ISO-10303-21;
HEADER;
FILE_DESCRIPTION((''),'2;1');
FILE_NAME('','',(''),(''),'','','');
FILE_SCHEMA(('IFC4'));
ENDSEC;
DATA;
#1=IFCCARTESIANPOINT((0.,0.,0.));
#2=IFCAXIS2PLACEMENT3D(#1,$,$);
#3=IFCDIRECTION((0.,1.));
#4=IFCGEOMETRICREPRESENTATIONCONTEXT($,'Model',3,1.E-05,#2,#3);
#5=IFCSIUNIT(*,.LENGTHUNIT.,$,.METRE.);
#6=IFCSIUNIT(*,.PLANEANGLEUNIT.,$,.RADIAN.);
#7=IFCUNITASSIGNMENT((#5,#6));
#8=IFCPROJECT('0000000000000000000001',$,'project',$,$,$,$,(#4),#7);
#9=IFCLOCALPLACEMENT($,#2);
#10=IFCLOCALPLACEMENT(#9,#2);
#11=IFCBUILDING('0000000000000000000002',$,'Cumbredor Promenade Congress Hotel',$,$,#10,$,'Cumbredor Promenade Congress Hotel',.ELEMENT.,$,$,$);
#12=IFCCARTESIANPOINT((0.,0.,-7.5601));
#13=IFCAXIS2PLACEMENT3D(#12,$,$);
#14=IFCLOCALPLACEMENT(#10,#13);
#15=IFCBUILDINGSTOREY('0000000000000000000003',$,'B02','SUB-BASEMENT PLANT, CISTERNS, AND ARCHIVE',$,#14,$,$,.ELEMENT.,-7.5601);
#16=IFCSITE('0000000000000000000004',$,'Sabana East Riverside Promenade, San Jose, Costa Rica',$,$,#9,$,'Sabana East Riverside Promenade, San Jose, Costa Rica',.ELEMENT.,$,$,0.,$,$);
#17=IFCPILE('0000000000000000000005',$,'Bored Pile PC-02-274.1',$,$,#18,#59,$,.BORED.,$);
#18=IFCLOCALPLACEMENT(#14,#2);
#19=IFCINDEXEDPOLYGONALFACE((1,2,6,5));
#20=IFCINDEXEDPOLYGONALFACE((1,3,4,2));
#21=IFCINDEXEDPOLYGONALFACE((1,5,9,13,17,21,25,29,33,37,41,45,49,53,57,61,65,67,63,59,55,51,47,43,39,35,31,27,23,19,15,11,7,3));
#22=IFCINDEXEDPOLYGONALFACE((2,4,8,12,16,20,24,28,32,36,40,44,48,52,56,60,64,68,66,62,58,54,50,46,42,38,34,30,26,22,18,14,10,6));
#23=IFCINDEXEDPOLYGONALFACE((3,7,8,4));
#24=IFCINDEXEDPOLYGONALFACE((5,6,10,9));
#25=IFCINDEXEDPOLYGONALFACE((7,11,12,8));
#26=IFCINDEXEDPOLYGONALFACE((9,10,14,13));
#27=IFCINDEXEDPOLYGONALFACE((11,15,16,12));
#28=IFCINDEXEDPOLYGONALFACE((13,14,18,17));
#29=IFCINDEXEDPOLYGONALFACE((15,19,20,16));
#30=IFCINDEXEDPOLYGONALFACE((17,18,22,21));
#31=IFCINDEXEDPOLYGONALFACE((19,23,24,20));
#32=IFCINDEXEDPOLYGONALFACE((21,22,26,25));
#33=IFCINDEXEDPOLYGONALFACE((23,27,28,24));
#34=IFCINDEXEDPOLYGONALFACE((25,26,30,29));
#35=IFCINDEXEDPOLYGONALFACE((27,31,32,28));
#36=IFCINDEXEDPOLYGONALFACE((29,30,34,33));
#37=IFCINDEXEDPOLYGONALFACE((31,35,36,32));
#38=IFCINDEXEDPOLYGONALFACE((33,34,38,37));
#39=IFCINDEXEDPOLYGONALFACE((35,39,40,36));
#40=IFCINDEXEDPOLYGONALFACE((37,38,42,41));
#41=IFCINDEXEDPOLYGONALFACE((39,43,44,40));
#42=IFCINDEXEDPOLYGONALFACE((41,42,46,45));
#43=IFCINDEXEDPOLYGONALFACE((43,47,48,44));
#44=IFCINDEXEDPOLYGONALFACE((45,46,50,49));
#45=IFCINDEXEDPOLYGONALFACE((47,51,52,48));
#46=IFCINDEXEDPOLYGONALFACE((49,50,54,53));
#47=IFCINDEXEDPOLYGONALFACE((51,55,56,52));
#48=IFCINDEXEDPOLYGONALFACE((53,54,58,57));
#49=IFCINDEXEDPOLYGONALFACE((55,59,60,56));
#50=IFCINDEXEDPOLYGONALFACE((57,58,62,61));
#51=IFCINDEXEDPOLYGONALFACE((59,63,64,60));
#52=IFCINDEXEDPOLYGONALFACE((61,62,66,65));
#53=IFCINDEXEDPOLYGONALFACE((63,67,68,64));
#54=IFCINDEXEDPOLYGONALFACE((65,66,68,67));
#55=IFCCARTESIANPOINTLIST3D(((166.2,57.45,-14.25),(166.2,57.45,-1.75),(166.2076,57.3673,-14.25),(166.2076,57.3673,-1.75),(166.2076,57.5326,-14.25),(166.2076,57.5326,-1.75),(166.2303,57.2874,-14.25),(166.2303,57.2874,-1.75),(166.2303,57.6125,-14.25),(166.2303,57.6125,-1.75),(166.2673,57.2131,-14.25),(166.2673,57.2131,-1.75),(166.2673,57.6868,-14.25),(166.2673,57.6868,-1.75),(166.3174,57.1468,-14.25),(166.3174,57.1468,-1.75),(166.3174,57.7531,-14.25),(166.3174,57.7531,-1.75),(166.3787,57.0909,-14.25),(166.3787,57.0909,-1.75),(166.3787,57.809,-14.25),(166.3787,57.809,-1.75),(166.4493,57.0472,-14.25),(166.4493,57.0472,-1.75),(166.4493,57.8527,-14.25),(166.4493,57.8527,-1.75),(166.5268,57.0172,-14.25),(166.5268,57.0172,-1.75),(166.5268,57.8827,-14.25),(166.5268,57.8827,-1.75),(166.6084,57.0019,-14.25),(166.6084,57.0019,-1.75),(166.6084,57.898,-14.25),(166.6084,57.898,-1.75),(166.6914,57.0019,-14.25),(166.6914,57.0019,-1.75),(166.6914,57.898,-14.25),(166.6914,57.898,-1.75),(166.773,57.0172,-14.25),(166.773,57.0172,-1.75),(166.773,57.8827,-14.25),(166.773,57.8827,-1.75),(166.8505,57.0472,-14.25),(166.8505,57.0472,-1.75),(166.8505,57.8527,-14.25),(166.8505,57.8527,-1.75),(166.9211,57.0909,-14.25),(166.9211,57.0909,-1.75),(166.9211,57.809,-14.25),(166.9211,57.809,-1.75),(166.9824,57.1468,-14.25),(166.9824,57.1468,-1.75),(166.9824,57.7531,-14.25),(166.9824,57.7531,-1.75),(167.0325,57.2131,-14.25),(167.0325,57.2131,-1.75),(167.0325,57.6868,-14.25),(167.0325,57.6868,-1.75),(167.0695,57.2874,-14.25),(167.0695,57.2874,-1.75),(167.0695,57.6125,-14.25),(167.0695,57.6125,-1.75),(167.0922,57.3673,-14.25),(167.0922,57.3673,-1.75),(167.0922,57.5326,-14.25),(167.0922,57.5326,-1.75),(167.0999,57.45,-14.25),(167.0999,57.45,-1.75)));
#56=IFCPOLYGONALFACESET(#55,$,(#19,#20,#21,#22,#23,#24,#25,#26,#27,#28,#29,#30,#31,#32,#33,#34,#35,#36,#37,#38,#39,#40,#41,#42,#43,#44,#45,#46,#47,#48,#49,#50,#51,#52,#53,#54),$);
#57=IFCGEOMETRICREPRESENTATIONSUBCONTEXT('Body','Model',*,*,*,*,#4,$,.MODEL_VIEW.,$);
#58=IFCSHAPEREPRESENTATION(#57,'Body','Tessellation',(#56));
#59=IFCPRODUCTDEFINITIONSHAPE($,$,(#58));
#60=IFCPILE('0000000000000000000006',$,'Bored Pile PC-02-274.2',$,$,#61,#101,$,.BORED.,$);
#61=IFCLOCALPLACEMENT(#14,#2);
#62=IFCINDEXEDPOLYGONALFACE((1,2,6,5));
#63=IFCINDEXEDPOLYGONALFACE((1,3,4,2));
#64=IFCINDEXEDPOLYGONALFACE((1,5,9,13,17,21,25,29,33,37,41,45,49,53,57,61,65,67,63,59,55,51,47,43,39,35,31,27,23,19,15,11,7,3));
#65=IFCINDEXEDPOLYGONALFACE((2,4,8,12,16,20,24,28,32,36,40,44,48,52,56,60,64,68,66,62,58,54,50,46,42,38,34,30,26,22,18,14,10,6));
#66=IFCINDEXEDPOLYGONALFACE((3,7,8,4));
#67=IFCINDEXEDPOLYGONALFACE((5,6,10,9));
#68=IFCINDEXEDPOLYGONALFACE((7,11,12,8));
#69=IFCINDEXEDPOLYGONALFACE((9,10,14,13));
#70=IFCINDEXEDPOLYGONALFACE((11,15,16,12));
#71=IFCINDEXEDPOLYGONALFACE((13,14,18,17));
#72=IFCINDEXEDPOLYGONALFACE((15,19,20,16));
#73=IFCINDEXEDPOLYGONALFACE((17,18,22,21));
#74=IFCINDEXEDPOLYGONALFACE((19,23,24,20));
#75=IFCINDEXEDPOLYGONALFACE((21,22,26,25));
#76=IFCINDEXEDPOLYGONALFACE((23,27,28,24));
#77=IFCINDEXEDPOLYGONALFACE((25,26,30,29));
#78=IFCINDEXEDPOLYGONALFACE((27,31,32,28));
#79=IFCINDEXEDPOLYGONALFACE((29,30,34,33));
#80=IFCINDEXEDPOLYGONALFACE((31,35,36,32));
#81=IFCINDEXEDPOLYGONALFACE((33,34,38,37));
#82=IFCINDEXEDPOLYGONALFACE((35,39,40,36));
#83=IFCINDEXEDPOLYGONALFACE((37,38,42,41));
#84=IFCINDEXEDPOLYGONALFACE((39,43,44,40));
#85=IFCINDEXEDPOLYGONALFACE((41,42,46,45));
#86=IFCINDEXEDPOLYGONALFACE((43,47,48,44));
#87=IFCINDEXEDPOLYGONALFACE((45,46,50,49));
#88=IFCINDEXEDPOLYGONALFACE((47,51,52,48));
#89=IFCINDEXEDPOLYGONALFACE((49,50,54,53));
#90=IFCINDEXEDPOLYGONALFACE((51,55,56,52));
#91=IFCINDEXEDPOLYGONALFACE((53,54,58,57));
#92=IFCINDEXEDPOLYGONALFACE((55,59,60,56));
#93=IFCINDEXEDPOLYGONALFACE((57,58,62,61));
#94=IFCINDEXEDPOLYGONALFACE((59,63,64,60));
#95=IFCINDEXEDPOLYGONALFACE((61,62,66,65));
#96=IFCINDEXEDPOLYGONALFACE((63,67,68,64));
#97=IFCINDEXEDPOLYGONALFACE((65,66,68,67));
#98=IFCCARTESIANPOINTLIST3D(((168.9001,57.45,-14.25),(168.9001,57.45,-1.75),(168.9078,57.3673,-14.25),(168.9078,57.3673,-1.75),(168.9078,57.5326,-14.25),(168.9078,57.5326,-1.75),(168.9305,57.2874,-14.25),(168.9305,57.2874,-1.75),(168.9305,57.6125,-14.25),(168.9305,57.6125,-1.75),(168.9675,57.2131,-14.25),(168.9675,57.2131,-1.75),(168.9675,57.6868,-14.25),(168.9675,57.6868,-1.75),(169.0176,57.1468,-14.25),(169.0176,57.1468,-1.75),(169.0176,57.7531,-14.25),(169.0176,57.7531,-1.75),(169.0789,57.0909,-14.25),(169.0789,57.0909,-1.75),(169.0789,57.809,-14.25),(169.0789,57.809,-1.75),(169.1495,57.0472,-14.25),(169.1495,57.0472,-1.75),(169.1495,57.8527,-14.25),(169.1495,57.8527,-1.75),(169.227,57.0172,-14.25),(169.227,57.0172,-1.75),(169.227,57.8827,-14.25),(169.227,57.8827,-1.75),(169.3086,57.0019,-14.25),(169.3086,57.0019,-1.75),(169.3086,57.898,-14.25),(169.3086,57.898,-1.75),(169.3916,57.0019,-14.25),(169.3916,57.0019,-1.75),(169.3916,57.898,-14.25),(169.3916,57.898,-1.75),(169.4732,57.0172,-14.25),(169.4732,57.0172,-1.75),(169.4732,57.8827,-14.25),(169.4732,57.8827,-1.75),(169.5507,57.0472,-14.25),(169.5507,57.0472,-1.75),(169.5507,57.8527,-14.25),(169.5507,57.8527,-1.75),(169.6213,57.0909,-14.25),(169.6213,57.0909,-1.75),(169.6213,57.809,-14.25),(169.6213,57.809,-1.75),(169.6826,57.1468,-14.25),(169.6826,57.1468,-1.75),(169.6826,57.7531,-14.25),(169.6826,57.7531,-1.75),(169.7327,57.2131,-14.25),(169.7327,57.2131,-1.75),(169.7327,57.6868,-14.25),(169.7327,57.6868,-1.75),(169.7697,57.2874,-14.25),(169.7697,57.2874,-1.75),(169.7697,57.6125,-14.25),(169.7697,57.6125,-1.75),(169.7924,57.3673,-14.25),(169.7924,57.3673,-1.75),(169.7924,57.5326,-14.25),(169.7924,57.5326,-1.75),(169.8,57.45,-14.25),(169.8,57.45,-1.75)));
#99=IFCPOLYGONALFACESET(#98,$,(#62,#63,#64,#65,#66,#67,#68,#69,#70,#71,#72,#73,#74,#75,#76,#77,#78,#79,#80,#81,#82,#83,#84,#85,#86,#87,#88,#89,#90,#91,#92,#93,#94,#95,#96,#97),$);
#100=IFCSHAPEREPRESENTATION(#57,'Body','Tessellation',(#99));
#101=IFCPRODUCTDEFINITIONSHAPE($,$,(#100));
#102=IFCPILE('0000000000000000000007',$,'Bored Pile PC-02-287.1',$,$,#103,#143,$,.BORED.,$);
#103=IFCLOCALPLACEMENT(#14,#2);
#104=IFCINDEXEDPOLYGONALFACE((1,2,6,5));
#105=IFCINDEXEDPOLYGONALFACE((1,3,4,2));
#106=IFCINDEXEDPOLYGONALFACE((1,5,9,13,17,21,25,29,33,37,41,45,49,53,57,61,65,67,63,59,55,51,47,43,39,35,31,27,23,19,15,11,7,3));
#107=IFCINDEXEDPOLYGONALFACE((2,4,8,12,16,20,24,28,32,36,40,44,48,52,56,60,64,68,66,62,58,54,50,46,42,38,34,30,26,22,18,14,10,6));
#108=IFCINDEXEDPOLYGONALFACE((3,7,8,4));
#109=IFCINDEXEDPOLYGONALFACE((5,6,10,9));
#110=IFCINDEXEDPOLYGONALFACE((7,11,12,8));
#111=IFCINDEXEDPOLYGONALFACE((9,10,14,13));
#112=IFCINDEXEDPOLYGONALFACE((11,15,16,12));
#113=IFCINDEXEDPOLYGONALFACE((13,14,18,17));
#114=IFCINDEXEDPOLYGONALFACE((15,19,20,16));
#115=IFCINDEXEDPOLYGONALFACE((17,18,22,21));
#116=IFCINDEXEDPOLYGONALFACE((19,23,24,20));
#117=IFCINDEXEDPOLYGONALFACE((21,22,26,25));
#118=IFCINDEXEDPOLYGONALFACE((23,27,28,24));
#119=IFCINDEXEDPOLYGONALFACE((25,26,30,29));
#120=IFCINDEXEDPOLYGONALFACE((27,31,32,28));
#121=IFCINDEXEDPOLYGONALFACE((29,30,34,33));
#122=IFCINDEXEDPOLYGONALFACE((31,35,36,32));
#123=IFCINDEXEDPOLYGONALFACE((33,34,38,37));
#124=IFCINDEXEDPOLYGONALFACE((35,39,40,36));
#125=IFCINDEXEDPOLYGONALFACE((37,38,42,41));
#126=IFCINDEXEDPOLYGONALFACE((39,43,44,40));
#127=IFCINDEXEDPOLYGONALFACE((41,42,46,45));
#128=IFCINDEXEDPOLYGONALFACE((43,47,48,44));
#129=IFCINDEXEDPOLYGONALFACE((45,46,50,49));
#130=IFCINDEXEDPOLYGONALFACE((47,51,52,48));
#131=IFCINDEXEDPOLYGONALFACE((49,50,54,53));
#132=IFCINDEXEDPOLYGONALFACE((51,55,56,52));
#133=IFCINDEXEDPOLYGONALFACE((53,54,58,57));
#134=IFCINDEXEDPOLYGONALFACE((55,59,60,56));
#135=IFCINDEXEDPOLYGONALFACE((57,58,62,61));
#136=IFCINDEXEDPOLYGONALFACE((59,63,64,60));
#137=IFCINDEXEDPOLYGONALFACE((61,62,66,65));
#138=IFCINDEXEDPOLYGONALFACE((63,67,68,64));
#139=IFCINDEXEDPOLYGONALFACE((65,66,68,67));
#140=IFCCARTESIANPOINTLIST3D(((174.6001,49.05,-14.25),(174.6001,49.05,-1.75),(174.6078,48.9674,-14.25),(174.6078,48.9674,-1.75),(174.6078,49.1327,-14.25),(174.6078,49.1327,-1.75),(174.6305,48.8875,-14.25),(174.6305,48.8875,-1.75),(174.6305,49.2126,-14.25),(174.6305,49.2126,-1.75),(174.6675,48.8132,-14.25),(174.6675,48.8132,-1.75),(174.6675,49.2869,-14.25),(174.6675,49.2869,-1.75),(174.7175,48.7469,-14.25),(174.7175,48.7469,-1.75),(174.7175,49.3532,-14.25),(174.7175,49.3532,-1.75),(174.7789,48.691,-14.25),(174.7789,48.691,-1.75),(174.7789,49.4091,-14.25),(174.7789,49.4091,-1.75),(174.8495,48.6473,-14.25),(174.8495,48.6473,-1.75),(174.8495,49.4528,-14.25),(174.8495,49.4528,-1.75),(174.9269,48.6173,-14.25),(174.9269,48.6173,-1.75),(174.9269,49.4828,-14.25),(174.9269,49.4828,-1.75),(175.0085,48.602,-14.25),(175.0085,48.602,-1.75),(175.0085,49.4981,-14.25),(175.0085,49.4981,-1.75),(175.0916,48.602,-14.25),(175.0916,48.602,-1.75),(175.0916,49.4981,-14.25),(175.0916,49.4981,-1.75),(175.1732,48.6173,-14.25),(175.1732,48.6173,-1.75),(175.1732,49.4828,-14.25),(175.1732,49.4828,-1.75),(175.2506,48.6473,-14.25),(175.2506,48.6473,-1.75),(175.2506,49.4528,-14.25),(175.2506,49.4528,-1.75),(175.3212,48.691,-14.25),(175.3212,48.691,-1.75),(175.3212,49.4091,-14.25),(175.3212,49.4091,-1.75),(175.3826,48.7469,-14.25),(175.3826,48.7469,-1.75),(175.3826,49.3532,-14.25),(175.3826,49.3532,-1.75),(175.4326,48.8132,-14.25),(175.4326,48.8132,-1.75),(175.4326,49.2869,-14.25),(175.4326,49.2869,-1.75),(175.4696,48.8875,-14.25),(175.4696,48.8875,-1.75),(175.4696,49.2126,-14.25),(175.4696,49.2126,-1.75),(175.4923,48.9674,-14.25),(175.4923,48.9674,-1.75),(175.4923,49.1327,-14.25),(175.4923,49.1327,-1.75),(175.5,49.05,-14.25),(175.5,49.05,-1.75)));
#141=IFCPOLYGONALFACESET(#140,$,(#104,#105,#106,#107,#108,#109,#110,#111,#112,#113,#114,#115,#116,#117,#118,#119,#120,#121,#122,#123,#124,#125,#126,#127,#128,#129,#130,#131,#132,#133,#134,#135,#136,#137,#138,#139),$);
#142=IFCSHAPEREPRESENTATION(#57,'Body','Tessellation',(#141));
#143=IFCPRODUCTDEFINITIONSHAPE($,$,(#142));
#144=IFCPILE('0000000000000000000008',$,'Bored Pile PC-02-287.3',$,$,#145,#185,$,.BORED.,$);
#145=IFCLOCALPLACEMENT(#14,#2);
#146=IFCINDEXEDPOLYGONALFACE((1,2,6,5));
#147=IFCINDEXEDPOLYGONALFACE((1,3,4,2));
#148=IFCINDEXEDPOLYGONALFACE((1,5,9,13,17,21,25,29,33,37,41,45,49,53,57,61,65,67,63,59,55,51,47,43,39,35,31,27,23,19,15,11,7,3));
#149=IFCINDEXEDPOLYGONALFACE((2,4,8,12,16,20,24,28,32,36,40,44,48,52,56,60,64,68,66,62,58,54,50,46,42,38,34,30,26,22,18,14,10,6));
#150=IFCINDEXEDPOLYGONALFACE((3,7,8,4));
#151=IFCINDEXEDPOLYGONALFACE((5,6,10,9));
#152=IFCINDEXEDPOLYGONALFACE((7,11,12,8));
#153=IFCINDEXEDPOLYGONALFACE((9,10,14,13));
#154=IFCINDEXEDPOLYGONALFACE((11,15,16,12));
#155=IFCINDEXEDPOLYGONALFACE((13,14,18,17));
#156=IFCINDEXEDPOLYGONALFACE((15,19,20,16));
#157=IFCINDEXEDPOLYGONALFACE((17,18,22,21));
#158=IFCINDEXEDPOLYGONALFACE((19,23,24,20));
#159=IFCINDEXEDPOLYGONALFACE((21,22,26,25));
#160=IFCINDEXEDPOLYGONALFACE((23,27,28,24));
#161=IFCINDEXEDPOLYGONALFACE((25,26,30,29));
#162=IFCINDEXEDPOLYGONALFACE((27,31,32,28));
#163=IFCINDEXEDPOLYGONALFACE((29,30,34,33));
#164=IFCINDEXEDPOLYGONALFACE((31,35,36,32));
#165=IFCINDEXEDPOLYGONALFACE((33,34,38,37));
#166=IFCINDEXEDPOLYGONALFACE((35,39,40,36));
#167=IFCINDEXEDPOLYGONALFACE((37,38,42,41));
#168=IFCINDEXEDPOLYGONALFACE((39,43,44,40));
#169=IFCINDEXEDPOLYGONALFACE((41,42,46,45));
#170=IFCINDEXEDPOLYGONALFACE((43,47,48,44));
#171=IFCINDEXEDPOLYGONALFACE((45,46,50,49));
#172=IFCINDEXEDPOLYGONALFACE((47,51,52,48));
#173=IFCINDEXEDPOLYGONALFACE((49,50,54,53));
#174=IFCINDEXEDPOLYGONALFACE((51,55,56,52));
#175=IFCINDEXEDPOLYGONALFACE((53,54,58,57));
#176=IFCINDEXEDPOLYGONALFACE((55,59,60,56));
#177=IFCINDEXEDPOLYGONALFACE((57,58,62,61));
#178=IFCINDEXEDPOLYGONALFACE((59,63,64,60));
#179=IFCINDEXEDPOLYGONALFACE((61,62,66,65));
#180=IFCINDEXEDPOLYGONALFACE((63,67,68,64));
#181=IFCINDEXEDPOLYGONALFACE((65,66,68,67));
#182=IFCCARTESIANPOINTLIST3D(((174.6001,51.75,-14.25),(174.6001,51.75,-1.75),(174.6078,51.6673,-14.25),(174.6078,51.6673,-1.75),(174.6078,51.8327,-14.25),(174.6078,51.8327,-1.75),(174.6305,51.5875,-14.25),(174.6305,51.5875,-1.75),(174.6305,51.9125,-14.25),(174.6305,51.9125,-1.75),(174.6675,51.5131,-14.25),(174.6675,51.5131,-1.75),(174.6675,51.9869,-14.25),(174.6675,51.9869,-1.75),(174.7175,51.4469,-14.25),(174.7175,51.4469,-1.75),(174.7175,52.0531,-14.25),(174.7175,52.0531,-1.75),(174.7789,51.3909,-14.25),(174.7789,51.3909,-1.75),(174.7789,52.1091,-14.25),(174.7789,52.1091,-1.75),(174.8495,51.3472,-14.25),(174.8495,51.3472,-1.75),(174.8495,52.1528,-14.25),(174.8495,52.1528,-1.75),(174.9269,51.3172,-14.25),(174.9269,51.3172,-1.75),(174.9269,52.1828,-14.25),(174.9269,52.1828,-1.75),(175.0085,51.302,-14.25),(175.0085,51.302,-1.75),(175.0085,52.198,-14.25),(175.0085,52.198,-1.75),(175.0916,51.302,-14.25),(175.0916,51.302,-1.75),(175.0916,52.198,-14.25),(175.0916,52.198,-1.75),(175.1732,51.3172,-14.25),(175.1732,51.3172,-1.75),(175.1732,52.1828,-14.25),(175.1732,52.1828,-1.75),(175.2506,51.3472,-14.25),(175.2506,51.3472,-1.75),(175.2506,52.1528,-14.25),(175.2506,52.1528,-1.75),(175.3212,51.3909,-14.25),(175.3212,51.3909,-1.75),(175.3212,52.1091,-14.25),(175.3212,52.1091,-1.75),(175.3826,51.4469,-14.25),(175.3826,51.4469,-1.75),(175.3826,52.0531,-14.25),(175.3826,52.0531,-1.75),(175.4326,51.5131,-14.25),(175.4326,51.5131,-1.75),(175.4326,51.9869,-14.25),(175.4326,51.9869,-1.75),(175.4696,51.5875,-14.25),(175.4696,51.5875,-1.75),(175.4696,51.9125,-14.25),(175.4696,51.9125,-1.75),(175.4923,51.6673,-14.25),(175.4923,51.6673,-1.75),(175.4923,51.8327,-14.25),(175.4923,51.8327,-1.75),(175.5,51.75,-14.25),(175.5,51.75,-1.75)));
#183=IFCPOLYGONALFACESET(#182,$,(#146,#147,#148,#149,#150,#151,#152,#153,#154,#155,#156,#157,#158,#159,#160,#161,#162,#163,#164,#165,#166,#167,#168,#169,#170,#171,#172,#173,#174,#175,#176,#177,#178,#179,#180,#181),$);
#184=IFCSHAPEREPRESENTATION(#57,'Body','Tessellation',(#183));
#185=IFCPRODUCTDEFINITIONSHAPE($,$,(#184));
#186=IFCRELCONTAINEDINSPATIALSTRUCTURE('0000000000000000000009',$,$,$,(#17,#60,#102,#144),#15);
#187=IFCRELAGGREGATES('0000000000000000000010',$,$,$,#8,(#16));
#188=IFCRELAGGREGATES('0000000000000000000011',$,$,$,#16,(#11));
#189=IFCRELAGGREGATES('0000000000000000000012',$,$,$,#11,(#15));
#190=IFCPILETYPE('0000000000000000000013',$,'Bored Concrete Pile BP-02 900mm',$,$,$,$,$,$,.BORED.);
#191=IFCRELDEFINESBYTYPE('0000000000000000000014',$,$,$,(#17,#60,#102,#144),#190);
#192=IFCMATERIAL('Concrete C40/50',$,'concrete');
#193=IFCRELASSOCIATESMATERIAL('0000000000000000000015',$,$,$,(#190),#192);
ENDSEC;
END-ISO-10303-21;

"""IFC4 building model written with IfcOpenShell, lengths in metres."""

from ifc_helpers import new_model, si_unit, direction, frame, origin, origin_2d, place, context, subcontext, project, spatial, circle, extrude, material, material_profile, profile_set, type_object, element, save


model = new_model("IFC4")

# Units and contexts
model_context = context("Model", 3, precision=1e-05, world=origin(), true_north=direction((0.0, 1.0)))
body_context = subcontext(model_context, "Body", "Model", "MODEL_VIEW")
ifc_project = project(units=[si_unit("LENGTHUNIT", "METRE"), si_unit("PLANEANGLEUNIT", "RADIAN")], contexts=[model_context])

# Site, building, storey
site_placement = place(None, origin())
site = spatial("IfcSite", under=ifc_project, at=site_placement, Name="Sabana East Riverside Promenade, San Jose, Costa Rica", LongName="Sabana East Riverside Promenade, San Jose, Costa Rica", CompositionType="ELEMENT", RefElevation=0.0)
building_placement = place(site_placement, origin())
building = spatial("IfcBuilding", under=site, at=building_placement, Name="Cumbredor Promenade Congress Hotel", LongName="Cumbredor Promenade Congress Hotel", CompositionType="ELEMENT")
storey_placement = place(building_placement, frame((0.0, 0.0, -7.5601)))
storey = spatial("IfcBuildingStorey", under=building, at=storey_placement, Name="B02", Description="SUB-BASEMENT PLANT, CISTERNS, AND ARCHIVE", CompositionType="ELEMENT", Elevation=-7.5601)

# Piles
ifc_material_1 = material(Name="Concrete C40/50", Category="concrete")
ifc_material_profile_1 = material_profile(ifc_material_1, circle(Radius=0.45, at=origin_2d()), Name="PILE D900")
ifc_profile_set_1 = profile_set([ifc_material_profile_1], Name="Concrete C40/50")
pile_type = type_object("IfcPileType", Name="Bored Concrete Pile BP-02 900mm", PredefinedType="BORED", material=ifc_profile_set_1)
for number, where, z_axis, x_axis, name in (
    (1, (166.6499, 57.45, -1.75), (0.0, 0.0, -1.0), (1.0, 0.0, 0.0), "Bored Pile PC-02-274.1"),
    (2, (169.3501, 57.45, -1.75), (0.0, 0.0, -1.0), (1.0, 0.0, 0.0), "Bored Pile PC-02-274.2"),
    (3, (175.05, 49.05, -1.75), (0.0, 0.0, -1.0), (1.0, 0.0, 0.0), "Bored Pile PC-02-287.1"),
    (4, (175.05, 51.75, -1.75), (0.0, 0.0, -1.0), (1.0, 0.0, 0.0), "Bored Pile PC-02-287.3"),
):
    element("IfcPile", number, at=place(storey_placement, frame(where, z_axis=z_axis, x_axis=x_axis)), inside=storey, type_object=pile_type, Name=name, PredefinedType="BORED", context=body_context, shape_type="SweptSolid", body=[
        extrude(circle(Radius=0.45, at=origin_2d()), origin(), (0.0, 0.0, 1.0), 12.5),
    ])

save(model, "model.ifc")
